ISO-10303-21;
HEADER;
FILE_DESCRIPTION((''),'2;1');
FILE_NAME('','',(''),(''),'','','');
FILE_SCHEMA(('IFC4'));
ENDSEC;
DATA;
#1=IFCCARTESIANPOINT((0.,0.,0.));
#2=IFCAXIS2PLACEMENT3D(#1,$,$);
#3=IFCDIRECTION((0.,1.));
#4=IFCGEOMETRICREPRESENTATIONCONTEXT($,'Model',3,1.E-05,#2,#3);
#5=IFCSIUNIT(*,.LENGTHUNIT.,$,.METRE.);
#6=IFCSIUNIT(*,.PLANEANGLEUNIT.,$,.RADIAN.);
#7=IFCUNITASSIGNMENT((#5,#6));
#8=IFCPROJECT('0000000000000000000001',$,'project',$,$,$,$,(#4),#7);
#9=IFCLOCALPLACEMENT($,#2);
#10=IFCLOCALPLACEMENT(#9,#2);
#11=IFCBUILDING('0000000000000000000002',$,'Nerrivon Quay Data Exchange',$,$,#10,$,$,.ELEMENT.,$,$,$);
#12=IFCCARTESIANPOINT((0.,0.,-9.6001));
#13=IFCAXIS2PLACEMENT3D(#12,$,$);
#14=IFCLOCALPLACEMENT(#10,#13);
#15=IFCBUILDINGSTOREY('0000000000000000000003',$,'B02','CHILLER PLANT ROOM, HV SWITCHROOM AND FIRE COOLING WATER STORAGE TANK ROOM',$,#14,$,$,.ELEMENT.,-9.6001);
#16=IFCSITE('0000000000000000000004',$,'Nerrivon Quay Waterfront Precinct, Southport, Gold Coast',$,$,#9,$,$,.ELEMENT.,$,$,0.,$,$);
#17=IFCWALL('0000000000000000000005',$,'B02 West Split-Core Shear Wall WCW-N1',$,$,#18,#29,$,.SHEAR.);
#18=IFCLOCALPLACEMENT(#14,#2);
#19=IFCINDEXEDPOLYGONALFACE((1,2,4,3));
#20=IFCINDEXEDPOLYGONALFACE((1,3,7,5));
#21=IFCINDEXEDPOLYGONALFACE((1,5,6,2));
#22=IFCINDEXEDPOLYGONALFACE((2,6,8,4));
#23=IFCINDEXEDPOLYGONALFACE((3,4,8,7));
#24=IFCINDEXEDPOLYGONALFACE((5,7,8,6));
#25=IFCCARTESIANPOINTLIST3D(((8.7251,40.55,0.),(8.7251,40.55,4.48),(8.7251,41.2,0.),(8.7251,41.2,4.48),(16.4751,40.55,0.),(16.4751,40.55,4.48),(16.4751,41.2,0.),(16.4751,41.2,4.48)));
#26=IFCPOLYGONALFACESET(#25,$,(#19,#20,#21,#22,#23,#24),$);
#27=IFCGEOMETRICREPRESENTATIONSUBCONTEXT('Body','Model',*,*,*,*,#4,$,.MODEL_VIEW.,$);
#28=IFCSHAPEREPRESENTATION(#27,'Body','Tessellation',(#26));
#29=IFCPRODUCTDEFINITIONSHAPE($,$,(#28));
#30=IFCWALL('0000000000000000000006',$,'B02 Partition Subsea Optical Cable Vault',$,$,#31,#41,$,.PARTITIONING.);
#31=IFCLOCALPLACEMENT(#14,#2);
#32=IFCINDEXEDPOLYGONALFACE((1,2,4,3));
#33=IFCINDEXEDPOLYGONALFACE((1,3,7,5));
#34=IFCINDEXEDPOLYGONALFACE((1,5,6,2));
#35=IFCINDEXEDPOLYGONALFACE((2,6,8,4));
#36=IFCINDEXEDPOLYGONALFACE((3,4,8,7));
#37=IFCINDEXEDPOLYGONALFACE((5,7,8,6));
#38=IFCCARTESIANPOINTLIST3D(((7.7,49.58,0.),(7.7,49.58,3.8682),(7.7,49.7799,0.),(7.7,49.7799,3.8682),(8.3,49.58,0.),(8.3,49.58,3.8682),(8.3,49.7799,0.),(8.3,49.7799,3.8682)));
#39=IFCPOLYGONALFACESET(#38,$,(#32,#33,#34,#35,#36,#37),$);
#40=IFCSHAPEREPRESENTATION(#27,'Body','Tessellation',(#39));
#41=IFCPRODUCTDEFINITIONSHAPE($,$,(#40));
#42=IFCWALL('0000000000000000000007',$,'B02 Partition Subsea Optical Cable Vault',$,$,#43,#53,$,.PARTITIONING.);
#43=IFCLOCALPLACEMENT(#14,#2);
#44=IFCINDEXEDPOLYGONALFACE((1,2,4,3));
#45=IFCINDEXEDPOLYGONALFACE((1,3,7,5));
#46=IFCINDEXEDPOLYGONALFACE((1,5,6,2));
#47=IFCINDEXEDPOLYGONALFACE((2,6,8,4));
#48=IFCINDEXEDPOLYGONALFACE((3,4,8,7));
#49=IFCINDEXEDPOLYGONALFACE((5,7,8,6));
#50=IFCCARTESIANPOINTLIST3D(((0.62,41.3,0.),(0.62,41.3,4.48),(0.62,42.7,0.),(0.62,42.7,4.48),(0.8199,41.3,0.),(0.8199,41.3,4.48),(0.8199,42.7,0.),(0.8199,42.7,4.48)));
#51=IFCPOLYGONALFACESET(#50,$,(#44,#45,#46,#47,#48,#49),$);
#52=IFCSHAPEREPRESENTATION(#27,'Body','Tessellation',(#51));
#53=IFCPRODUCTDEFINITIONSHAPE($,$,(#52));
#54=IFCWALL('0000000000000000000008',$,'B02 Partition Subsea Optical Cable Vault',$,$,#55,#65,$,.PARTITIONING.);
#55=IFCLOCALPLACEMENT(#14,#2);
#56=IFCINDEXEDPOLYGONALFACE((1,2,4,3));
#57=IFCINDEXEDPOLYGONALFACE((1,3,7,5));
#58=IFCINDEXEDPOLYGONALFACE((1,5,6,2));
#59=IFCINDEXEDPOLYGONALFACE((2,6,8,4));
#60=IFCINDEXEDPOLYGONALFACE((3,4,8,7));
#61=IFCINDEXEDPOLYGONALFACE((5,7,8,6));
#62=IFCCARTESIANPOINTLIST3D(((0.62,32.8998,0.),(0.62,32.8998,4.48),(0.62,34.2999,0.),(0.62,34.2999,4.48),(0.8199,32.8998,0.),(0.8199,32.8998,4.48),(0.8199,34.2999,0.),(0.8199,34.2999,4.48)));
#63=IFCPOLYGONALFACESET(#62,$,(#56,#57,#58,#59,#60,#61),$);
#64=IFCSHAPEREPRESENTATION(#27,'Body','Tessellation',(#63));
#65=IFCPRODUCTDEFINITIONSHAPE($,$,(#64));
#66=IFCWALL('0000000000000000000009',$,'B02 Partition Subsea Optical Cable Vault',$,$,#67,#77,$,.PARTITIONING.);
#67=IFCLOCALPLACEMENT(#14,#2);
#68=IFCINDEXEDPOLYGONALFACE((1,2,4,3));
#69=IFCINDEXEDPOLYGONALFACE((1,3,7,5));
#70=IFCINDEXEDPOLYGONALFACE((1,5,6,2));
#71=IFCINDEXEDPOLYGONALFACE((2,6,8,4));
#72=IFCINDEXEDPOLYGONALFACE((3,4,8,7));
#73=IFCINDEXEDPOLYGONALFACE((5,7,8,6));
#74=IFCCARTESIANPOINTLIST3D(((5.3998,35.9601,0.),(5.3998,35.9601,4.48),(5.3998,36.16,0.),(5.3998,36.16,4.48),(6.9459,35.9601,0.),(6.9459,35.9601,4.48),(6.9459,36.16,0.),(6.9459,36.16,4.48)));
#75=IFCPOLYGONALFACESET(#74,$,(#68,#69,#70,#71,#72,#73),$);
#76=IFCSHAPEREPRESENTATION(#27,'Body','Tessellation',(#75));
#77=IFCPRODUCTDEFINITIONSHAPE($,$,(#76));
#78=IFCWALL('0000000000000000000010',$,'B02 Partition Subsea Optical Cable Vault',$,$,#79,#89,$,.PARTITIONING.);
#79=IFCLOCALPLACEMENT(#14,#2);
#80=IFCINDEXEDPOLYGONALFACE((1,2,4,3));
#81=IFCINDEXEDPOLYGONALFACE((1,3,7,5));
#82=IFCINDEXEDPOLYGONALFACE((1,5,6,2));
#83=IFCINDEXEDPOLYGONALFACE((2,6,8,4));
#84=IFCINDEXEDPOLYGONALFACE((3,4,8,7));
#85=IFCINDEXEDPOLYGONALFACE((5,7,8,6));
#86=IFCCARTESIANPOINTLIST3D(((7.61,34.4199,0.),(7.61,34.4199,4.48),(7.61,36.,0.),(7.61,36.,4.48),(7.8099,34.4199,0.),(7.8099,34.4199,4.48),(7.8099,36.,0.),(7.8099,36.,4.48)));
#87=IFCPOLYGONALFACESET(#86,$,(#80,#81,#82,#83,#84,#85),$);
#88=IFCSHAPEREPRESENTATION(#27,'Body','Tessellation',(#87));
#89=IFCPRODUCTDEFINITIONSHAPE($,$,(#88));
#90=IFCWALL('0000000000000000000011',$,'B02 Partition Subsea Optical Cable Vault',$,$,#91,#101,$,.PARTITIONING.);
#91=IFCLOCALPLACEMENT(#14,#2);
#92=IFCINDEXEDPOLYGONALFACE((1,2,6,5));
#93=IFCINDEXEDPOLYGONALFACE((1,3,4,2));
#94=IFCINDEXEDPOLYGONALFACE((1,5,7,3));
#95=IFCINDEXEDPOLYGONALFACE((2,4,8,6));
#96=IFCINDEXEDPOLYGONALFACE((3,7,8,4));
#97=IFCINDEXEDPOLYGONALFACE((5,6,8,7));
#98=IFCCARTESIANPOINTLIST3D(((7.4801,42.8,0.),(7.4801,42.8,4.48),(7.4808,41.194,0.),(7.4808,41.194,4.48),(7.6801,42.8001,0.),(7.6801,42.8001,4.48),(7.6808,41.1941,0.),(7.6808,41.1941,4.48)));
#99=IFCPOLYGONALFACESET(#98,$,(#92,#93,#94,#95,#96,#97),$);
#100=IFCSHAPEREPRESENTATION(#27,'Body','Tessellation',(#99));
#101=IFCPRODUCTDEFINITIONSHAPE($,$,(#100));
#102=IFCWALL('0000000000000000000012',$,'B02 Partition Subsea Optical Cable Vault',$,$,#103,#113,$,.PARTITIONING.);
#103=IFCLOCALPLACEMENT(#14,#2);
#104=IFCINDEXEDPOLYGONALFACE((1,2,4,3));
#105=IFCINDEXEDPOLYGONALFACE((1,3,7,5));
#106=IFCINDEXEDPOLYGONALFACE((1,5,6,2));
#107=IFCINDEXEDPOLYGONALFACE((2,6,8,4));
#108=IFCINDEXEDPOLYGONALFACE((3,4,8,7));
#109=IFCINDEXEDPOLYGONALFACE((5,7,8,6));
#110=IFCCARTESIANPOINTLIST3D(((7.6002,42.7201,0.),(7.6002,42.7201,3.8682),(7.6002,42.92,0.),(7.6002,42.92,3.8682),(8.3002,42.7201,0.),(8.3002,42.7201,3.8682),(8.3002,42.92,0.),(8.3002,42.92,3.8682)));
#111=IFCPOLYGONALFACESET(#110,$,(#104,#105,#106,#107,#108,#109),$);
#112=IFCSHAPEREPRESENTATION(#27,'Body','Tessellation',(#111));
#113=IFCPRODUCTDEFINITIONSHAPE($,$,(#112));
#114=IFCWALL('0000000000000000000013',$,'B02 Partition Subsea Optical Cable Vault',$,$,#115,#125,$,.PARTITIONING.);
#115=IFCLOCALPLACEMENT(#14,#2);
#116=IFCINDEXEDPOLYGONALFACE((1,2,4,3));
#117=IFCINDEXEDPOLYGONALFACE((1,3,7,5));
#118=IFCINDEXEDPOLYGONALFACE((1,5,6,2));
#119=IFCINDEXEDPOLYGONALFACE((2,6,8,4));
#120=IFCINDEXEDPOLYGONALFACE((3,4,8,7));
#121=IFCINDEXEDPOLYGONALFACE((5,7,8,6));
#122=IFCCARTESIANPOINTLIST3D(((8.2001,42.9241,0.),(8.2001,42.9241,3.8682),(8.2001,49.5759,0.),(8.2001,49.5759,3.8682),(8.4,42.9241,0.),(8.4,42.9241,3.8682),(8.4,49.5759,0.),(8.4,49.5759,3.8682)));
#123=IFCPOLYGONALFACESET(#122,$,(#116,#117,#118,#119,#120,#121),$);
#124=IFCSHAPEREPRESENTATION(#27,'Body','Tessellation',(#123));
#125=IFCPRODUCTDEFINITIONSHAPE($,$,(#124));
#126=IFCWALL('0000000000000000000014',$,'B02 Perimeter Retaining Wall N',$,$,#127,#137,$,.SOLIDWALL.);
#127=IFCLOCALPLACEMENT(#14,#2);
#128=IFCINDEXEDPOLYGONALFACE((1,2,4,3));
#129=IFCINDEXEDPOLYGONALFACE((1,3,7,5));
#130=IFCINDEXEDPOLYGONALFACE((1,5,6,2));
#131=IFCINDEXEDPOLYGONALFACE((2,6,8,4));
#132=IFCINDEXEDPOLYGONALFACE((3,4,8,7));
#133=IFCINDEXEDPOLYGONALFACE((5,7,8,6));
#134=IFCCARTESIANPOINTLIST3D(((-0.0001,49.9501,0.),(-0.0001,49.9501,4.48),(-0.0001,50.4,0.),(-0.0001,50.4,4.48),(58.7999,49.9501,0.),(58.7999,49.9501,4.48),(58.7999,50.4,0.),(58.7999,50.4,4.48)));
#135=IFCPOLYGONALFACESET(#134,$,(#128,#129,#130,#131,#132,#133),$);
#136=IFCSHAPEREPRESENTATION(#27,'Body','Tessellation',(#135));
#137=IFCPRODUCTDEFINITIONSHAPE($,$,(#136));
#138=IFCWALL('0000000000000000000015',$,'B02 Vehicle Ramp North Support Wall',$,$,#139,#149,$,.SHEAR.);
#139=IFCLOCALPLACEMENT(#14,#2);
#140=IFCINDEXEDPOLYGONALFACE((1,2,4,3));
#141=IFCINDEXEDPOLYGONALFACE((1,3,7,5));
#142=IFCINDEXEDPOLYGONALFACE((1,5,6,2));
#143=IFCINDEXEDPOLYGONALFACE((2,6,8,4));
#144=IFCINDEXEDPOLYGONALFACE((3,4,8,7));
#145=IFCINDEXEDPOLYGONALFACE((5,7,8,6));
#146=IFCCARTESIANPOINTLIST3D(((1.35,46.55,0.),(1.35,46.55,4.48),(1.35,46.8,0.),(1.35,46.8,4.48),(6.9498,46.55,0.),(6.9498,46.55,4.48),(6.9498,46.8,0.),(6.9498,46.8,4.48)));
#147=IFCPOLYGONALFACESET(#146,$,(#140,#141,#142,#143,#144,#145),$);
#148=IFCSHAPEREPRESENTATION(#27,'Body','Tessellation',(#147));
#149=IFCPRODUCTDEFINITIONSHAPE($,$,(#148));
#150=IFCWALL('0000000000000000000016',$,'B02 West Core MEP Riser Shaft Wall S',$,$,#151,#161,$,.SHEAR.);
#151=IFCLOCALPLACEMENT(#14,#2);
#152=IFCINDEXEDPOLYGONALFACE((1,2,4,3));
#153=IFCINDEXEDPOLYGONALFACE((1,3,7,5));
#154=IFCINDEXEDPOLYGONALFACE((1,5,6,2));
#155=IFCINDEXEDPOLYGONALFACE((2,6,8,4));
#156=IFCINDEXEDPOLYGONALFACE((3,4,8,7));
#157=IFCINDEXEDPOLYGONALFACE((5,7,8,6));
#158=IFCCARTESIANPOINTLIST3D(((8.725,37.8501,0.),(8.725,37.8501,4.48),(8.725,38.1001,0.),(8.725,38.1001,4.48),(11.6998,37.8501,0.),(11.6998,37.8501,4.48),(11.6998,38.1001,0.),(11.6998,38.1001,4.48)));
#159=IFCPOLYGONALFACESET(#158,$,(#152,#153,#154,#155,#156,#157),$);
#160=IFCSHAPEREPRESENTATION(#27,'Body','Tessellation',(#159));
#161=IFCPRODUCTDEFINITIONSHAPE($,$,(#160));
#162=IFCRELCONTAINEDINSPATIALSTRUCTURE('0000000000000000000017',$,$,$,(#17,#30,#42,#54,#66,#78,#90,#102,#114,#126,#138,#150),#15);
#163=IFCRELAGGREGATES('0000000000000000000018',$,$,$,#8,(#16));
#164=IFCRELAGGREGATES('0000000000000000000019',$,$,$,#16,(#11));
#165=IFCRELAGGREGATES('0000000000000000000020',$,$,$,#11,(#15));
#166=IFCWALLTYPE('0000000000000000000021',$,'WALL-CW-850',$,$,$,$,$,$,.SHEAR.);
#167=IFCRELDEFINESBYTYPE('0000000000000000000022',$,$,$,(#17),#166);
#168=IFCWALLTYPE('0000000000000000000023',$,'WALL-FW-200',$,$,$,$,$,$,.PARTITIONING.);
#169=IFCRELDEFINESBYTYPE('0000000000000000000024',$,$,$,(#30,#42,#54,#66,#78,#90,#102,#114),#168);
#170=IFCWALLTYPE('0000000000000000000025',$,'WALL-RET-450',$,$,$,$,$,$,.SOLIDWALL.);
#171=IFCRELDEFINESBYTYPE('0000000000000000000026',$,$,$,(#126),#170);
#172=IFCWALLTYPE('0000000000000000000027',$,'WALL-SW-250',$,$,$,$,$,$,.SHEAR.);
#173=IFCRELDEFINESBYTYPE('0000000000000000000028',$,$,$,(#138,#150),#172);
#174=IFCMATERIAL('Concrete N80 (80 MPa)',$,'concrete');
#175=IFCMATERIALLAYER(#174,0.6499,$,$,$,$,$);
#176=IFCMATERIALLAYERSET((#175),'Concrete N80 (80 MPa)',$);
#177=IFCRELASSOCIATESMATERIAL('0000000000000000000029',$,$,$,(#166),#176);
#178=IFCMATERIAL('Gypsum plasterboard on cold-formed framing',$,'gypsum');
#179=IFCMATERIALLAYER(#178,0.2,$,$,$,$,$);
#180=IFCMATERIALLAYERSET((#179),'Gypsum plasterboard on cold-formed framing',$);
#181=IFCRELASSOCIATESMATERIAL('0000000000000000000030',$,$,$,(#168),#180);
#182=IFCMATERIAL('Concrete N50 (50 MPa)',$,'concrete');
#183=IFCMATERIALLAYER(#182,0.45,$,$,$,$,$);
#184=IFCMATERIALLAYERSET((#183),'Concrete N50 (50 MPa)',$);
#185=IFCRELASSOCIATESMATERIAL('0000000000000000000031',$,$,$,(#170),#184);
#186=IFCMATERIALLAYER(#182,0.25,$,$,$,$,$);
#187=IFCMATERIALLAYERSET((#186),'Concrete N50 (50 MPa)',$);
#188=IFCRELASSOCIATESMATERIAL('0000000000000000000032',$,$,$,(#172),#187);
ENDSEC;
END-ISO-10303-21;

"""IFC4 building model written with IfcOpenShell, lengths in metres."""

from ifc_helpers import new_model, si_unit, direction, frame, frame_2d, origin, place, context, subcontext, project, spatial, rectangle, extrude, material, layer, layer_set, type_object, element, save


model = new_model("IFC4")

# Units and contexts
model_context = context("Model", 3, precision=1e-05, world=origin(), true_north=direction((0.0, 1.0)))
body_context = subcontext(model_context, "Body", "Model", "MODEL_VIEW")
ifc_project = project(units=[si_unit("LENGTHUNIT", "METRE"), si_unit("PLANEANGLEUNIT", "RADIAN")], contexts=[model_context])

# Site, building, storey
site_placement = place(None, origin())
site = spatial("IfcSite", under=ifc_project, at=site_placement, Name="Nerrivon Quay Waterfront Precinct, Southport, Gold Coast", CompositionType="ELEMENT", RefElevation=0.0)
building_placement = place(site_placement, origin())
building = spatial("IfcBuilding", under=site, at=building_placement, Name="Nerrivon Quay Data Exchange", CompositionType="ELEMENT")
storey_placement = place(building_placement, frame((0.0, 0.0, -9.6001)))
storey = spatial("IfcBuildingStorey", under=building, at=storey_placement, Name="B02", Description="CHILLER PLANT ROOM, HV SWITCHROOM AND FIRE COOLING WATER STORAGE TANK ROOM", CompositionType="ELEMENT", Elevation=-9.6001)

# Shared definitions
ifc_material_1 = material(Name="Concrete N50 (50 MPa)", Category="concrete")

# Shared definitions
ifc_material_2 = material(Name="Concrete N80 (80 MPa)", Category="concrete")

# Walls
ifc_layer_1 = layer(ifc_material_2, 0.6499)
ifc_layer_set_1 = layer_set([ifc_layer_1], Name="Concrete N80 (80 MPa)")
wall_type_1 = type_object("IfcWallType", Name="WALL-CW-850", PredefinedType="SHEAR", material=ifc_layer_set_1)
wall_1_placement = place(storey_placement, frame((8.7251, 40.875, 0.0), z_axis=(0.0, 0.0, 1.0), x_axis=(1.0, 0.0, 0.0)))
element("IfcWall", 1, at=wall_1_placement, inside=storey, type_object=wall_type_1, Name="B02 West Split-Core Shear Wall WCW-N1", PredefinedType="SHEAR", context=body_context, shape_type="SweptSolid", body=[
    extrude(rectangle(XDim=7.75, YDim=0.6499, at=frame_2d((3.875, 0.0))), origin(), (0.0, 0.0, 1.0), 4.48),
])
ifc_material_3 = material(Name="Gypsum plasterboard on cold-formed framing", Category="gypsum")
ifc_layer_2 = layer(ifc_material_3, 0.2)
ifc_layer_set_2 = layer_set([ifc_layer_2], Name="Gypsum plasterboard on cold-formed framing")
wall_type_2 = type_object("IfcWallType", Name="WALL-FW-200", PredefinedType="PARTITIONING", material=ifc_layer_set_2)
wall_2_placement = place(storey_placement, frame((8.3, 49.6799, 0.0), z_axis=(0.0, 0.0, 1.0), x_axis=(-1.0, 0.0, 0.0)))
element("IfcWall", 2, at=wall_2_placement, inside=storey, type_object=wall_type_2, Name="B02 Partition Subsea Optical Cable Vault", PredefinedType="PARTITIONING", context=body_context, shape_type="SweptSolid", body=[
    extrude(rectangle(XDim=0.6001, YDim=0.2, at=frame_2d((0.3, 0.0))), origin(), (0.0, 0.0, 1.0), 3.8682),
])
wall_3_placement = place(storey_placement, frame((0.72, 42.7, 0.0), z_axis=(0.0, 0.0, 1.0), x_axis=(0.0, -1.0, 0.0)))
element("IfcWall", 3, at=wall_3_placement, inside=storey, type_object=wall_type_2, Name="B02 Partition Subsea Optical Cable Vault", PredefinedType="PARTITIONING", context=body_context, shape_type="SweptSolid", body=[
    extrude(rectangle(XDim=1.3999, YDim=0.2, at=frame_2d((0.7, 0.0))), origin(), (0.0, 0.0, 1.0), 4.48),
])
wall_4_placement = place(storey_placement, frame((0.72, 34.3, 0.0), z_axis=(0.0, 0.0, 1.0), x_axis=(0.0, -1.0, 0.0)))
element("IfcWall", 4, at=wall_4_placement, inside=storey, type_object=wall_type_2, Name="B02 Partition Subsea Optical Cable Vault", PredefinedType="PARTITIONING", context=body_context, shape_type="SweptSolid", body=[
    extrude(rectangle(XDim=1.4001, YDim=0.2, at=frame_2d((0.7002, 0.0))), origin(), (0.0, 0.0, 1.0), 4.48),
])
wall_5_placement = place(storey_placement, frame((5.3999, 36.0601, 0.0), z_axis=(0.0, 0.0, 1.0), x_axis=(1.0, 0.0, 0.0)))
element("IfcWall", 5, at=wall_5_placement, inside=storey, type_object=wall_type_2, Name="B02 Partition Subsea Optical Cable Vault", PredefinedType="PARTITIONING", context=body_context, shape_type="SweptSolid", body=[
    extrude(rectangle(XDim=1.5461, YDim=0.2, at=frame_2d((0.7729, 0.0))), origin(), (0.0, 0.0, 1.0), 4.48),
])
wall_6_placement = place(storey_placement, frame((7.71, 36.0, 0.0), z_axis=(0.0, 0.0, 1.0), x_axis=(0.0, -1.0, 0.0)))
element("IfcWall", 6, at=wall_6_placement, inside=storey, type_object=wall_type_2, Name="B02 Partition Subsea Optical Cable Vault", PredefinedType="PARTITIONING", context=body_context, shape_type="SweptSolid", body=[
    extrude(rectangle(XDim=1.5801, YDim=0.2, at=frame_2d((0.79, 0.0))), origin(), (0.0, 0.0, 1.0), 4.48),
])
wall_7_placement = place(storey_placement, frame((7.5808, 41.1941, 0.0), z_axis=(0.0, 0.0, 1.0), x_axis=(-0.000456, 1.0, 0.0)))
element("IfcWall", 7, at=wall_7_placement, inside=storey, type_object=wall_type_2, Name="B02 Partition Subsea Optical Cable Vault", PredefinedType="PARTITIONING", context=body_context, shape_type="SweptSolid", body=[
    extrude(rectangle(XDim=1.606, YDim=0.2, at=frame_2d((0.803, 0.0))), origin(), (0.0, 0.0, 1.0), 4.48),
])
wall_8_placement = place(storey_placement, frame((7.6001, 42.8201, 0.0), z_axis=(0.0, 0.0, 1.0), x_axis=(1.0, 0.0, 0.0)))
element("IfcWall", 8, at=wall_8_placement, inside=storey, type_object=wall_type_2, Name="B02 Partition Subsea Optical Cable Vault", PredefinedType="PARTITIONING", context=body_context, shape_type="SweptSolid", body=[
    extrude(rectangle(XDim=0.7, YDim=0.2, at=frame_2d((0.3501, 0.0))), origin(), (0.0, 0.0, 1.0), 3.8682),
])
wall_9_placement = place(storey_placement, frame((8.3, 42.9241, 0.0), z_axis=(0.0, 0.0, 1.0), x_axis=(0.0, 1.0, 0.0)))
element("IfcWall", 9, at=wall_9_placement, inside=storey, type_object=wall_type_2, Name="B02 Partition Subsea Optical Cable Vault", PredefinedType="PARTITIONING", context=body_context, shape_type="SweptSolid", body=[
    extrude(rectangle(XDim=6.6519, YDim=0.2, at=frame_2d((3.3259, 0.0))), origin(), (0.0, 0.0, 1.0), 3.8682),
])
ifc_layer_3 = layer(ifc_material_1, 0.45)
ifc_layer_set_3 = layer_set([ifc_layer_3], Name="Concrete N50 (50 MPa)")
wall_type_3 = type_object("IfcWallType", Name="WALL-RET-450", PredefinedType="SOLIDWALL", material=ifc_layer_set_3)
wall_10_placement = place(storey_placement, frame((0.0, 50.175, 0.0), z_axis=(0.0, 0.0, 1.0), x_axis=(1.0, 0.0, 0.0)))
element("IfcWall", 10, at=wall_10_placement, inside=storey, type_object=wall_type_3, Name="B02 Perimeter Retaining Wall N", PredefinedType="SOLIDWALL", context=body_context, shape_type="SweptSolid", body=[
    extrude(rectangle(XDim=58.8, YDim=0.45, at=frame_2d((29.3999, 0.0))), origin(), (0.0, 0.0, 1.0), 4.48),
])
ifc_layer_4 = layer(ifc_material_1, 0.25)
ifc_layer_set_4 = layer_set([ifc_layer_4], Name="Concrete N50 (50 MPa)")
wall_type_4 = type_object("IfcWallType", Name="WALL-SW-250", PredefinedType="SHEAR", material=ifc_layer_set_4)
wall_11_placement = place(storey_placement, frame((1.3501, 46.675, 0.0), z_axis=(0.0, 0.0, 1.0), x_axis=(1.0, 0.0, 0.0)))
element("IfcWall", 11, at=wall_11_placement, inside=storey, type_object=wall_type_4, Name="B02 Vehicle Ramp North Support Wall", PredefinedType="SHEAR", context=body_context, shape_type="SweptSolid", body=[
    extrude(rectangle(XDim=5.5999, YDim=0.25, at=frame_2d((2.7998, 0.0))), origin(), (0.0, 0.0, 1.0), 4.48),
])
wall_12_placement = place(storey_placement, frame((8.7251, 37.9751, 0.0), z_axis=(0.0, 0.0, 1.0), x_axis=(1.0, 0.0, 0.0)))
element("IfcWall", 12, at=wall_12_placement, inside=storey, type_object=wall_type_4, Name="B02 West Core MEP Riser Shaft Wall S", PredefinedType="SHEAR", context=body_context, shape_type="SweptSolid", body=[
    extrude(rectangle(XDim=2.9749, YDim=0.25, at=frame_2d((1.4873, 0.0))), origin(), (0.0, 0.0, 1.0), 4.48),
])

save(model, "model.ifc")
